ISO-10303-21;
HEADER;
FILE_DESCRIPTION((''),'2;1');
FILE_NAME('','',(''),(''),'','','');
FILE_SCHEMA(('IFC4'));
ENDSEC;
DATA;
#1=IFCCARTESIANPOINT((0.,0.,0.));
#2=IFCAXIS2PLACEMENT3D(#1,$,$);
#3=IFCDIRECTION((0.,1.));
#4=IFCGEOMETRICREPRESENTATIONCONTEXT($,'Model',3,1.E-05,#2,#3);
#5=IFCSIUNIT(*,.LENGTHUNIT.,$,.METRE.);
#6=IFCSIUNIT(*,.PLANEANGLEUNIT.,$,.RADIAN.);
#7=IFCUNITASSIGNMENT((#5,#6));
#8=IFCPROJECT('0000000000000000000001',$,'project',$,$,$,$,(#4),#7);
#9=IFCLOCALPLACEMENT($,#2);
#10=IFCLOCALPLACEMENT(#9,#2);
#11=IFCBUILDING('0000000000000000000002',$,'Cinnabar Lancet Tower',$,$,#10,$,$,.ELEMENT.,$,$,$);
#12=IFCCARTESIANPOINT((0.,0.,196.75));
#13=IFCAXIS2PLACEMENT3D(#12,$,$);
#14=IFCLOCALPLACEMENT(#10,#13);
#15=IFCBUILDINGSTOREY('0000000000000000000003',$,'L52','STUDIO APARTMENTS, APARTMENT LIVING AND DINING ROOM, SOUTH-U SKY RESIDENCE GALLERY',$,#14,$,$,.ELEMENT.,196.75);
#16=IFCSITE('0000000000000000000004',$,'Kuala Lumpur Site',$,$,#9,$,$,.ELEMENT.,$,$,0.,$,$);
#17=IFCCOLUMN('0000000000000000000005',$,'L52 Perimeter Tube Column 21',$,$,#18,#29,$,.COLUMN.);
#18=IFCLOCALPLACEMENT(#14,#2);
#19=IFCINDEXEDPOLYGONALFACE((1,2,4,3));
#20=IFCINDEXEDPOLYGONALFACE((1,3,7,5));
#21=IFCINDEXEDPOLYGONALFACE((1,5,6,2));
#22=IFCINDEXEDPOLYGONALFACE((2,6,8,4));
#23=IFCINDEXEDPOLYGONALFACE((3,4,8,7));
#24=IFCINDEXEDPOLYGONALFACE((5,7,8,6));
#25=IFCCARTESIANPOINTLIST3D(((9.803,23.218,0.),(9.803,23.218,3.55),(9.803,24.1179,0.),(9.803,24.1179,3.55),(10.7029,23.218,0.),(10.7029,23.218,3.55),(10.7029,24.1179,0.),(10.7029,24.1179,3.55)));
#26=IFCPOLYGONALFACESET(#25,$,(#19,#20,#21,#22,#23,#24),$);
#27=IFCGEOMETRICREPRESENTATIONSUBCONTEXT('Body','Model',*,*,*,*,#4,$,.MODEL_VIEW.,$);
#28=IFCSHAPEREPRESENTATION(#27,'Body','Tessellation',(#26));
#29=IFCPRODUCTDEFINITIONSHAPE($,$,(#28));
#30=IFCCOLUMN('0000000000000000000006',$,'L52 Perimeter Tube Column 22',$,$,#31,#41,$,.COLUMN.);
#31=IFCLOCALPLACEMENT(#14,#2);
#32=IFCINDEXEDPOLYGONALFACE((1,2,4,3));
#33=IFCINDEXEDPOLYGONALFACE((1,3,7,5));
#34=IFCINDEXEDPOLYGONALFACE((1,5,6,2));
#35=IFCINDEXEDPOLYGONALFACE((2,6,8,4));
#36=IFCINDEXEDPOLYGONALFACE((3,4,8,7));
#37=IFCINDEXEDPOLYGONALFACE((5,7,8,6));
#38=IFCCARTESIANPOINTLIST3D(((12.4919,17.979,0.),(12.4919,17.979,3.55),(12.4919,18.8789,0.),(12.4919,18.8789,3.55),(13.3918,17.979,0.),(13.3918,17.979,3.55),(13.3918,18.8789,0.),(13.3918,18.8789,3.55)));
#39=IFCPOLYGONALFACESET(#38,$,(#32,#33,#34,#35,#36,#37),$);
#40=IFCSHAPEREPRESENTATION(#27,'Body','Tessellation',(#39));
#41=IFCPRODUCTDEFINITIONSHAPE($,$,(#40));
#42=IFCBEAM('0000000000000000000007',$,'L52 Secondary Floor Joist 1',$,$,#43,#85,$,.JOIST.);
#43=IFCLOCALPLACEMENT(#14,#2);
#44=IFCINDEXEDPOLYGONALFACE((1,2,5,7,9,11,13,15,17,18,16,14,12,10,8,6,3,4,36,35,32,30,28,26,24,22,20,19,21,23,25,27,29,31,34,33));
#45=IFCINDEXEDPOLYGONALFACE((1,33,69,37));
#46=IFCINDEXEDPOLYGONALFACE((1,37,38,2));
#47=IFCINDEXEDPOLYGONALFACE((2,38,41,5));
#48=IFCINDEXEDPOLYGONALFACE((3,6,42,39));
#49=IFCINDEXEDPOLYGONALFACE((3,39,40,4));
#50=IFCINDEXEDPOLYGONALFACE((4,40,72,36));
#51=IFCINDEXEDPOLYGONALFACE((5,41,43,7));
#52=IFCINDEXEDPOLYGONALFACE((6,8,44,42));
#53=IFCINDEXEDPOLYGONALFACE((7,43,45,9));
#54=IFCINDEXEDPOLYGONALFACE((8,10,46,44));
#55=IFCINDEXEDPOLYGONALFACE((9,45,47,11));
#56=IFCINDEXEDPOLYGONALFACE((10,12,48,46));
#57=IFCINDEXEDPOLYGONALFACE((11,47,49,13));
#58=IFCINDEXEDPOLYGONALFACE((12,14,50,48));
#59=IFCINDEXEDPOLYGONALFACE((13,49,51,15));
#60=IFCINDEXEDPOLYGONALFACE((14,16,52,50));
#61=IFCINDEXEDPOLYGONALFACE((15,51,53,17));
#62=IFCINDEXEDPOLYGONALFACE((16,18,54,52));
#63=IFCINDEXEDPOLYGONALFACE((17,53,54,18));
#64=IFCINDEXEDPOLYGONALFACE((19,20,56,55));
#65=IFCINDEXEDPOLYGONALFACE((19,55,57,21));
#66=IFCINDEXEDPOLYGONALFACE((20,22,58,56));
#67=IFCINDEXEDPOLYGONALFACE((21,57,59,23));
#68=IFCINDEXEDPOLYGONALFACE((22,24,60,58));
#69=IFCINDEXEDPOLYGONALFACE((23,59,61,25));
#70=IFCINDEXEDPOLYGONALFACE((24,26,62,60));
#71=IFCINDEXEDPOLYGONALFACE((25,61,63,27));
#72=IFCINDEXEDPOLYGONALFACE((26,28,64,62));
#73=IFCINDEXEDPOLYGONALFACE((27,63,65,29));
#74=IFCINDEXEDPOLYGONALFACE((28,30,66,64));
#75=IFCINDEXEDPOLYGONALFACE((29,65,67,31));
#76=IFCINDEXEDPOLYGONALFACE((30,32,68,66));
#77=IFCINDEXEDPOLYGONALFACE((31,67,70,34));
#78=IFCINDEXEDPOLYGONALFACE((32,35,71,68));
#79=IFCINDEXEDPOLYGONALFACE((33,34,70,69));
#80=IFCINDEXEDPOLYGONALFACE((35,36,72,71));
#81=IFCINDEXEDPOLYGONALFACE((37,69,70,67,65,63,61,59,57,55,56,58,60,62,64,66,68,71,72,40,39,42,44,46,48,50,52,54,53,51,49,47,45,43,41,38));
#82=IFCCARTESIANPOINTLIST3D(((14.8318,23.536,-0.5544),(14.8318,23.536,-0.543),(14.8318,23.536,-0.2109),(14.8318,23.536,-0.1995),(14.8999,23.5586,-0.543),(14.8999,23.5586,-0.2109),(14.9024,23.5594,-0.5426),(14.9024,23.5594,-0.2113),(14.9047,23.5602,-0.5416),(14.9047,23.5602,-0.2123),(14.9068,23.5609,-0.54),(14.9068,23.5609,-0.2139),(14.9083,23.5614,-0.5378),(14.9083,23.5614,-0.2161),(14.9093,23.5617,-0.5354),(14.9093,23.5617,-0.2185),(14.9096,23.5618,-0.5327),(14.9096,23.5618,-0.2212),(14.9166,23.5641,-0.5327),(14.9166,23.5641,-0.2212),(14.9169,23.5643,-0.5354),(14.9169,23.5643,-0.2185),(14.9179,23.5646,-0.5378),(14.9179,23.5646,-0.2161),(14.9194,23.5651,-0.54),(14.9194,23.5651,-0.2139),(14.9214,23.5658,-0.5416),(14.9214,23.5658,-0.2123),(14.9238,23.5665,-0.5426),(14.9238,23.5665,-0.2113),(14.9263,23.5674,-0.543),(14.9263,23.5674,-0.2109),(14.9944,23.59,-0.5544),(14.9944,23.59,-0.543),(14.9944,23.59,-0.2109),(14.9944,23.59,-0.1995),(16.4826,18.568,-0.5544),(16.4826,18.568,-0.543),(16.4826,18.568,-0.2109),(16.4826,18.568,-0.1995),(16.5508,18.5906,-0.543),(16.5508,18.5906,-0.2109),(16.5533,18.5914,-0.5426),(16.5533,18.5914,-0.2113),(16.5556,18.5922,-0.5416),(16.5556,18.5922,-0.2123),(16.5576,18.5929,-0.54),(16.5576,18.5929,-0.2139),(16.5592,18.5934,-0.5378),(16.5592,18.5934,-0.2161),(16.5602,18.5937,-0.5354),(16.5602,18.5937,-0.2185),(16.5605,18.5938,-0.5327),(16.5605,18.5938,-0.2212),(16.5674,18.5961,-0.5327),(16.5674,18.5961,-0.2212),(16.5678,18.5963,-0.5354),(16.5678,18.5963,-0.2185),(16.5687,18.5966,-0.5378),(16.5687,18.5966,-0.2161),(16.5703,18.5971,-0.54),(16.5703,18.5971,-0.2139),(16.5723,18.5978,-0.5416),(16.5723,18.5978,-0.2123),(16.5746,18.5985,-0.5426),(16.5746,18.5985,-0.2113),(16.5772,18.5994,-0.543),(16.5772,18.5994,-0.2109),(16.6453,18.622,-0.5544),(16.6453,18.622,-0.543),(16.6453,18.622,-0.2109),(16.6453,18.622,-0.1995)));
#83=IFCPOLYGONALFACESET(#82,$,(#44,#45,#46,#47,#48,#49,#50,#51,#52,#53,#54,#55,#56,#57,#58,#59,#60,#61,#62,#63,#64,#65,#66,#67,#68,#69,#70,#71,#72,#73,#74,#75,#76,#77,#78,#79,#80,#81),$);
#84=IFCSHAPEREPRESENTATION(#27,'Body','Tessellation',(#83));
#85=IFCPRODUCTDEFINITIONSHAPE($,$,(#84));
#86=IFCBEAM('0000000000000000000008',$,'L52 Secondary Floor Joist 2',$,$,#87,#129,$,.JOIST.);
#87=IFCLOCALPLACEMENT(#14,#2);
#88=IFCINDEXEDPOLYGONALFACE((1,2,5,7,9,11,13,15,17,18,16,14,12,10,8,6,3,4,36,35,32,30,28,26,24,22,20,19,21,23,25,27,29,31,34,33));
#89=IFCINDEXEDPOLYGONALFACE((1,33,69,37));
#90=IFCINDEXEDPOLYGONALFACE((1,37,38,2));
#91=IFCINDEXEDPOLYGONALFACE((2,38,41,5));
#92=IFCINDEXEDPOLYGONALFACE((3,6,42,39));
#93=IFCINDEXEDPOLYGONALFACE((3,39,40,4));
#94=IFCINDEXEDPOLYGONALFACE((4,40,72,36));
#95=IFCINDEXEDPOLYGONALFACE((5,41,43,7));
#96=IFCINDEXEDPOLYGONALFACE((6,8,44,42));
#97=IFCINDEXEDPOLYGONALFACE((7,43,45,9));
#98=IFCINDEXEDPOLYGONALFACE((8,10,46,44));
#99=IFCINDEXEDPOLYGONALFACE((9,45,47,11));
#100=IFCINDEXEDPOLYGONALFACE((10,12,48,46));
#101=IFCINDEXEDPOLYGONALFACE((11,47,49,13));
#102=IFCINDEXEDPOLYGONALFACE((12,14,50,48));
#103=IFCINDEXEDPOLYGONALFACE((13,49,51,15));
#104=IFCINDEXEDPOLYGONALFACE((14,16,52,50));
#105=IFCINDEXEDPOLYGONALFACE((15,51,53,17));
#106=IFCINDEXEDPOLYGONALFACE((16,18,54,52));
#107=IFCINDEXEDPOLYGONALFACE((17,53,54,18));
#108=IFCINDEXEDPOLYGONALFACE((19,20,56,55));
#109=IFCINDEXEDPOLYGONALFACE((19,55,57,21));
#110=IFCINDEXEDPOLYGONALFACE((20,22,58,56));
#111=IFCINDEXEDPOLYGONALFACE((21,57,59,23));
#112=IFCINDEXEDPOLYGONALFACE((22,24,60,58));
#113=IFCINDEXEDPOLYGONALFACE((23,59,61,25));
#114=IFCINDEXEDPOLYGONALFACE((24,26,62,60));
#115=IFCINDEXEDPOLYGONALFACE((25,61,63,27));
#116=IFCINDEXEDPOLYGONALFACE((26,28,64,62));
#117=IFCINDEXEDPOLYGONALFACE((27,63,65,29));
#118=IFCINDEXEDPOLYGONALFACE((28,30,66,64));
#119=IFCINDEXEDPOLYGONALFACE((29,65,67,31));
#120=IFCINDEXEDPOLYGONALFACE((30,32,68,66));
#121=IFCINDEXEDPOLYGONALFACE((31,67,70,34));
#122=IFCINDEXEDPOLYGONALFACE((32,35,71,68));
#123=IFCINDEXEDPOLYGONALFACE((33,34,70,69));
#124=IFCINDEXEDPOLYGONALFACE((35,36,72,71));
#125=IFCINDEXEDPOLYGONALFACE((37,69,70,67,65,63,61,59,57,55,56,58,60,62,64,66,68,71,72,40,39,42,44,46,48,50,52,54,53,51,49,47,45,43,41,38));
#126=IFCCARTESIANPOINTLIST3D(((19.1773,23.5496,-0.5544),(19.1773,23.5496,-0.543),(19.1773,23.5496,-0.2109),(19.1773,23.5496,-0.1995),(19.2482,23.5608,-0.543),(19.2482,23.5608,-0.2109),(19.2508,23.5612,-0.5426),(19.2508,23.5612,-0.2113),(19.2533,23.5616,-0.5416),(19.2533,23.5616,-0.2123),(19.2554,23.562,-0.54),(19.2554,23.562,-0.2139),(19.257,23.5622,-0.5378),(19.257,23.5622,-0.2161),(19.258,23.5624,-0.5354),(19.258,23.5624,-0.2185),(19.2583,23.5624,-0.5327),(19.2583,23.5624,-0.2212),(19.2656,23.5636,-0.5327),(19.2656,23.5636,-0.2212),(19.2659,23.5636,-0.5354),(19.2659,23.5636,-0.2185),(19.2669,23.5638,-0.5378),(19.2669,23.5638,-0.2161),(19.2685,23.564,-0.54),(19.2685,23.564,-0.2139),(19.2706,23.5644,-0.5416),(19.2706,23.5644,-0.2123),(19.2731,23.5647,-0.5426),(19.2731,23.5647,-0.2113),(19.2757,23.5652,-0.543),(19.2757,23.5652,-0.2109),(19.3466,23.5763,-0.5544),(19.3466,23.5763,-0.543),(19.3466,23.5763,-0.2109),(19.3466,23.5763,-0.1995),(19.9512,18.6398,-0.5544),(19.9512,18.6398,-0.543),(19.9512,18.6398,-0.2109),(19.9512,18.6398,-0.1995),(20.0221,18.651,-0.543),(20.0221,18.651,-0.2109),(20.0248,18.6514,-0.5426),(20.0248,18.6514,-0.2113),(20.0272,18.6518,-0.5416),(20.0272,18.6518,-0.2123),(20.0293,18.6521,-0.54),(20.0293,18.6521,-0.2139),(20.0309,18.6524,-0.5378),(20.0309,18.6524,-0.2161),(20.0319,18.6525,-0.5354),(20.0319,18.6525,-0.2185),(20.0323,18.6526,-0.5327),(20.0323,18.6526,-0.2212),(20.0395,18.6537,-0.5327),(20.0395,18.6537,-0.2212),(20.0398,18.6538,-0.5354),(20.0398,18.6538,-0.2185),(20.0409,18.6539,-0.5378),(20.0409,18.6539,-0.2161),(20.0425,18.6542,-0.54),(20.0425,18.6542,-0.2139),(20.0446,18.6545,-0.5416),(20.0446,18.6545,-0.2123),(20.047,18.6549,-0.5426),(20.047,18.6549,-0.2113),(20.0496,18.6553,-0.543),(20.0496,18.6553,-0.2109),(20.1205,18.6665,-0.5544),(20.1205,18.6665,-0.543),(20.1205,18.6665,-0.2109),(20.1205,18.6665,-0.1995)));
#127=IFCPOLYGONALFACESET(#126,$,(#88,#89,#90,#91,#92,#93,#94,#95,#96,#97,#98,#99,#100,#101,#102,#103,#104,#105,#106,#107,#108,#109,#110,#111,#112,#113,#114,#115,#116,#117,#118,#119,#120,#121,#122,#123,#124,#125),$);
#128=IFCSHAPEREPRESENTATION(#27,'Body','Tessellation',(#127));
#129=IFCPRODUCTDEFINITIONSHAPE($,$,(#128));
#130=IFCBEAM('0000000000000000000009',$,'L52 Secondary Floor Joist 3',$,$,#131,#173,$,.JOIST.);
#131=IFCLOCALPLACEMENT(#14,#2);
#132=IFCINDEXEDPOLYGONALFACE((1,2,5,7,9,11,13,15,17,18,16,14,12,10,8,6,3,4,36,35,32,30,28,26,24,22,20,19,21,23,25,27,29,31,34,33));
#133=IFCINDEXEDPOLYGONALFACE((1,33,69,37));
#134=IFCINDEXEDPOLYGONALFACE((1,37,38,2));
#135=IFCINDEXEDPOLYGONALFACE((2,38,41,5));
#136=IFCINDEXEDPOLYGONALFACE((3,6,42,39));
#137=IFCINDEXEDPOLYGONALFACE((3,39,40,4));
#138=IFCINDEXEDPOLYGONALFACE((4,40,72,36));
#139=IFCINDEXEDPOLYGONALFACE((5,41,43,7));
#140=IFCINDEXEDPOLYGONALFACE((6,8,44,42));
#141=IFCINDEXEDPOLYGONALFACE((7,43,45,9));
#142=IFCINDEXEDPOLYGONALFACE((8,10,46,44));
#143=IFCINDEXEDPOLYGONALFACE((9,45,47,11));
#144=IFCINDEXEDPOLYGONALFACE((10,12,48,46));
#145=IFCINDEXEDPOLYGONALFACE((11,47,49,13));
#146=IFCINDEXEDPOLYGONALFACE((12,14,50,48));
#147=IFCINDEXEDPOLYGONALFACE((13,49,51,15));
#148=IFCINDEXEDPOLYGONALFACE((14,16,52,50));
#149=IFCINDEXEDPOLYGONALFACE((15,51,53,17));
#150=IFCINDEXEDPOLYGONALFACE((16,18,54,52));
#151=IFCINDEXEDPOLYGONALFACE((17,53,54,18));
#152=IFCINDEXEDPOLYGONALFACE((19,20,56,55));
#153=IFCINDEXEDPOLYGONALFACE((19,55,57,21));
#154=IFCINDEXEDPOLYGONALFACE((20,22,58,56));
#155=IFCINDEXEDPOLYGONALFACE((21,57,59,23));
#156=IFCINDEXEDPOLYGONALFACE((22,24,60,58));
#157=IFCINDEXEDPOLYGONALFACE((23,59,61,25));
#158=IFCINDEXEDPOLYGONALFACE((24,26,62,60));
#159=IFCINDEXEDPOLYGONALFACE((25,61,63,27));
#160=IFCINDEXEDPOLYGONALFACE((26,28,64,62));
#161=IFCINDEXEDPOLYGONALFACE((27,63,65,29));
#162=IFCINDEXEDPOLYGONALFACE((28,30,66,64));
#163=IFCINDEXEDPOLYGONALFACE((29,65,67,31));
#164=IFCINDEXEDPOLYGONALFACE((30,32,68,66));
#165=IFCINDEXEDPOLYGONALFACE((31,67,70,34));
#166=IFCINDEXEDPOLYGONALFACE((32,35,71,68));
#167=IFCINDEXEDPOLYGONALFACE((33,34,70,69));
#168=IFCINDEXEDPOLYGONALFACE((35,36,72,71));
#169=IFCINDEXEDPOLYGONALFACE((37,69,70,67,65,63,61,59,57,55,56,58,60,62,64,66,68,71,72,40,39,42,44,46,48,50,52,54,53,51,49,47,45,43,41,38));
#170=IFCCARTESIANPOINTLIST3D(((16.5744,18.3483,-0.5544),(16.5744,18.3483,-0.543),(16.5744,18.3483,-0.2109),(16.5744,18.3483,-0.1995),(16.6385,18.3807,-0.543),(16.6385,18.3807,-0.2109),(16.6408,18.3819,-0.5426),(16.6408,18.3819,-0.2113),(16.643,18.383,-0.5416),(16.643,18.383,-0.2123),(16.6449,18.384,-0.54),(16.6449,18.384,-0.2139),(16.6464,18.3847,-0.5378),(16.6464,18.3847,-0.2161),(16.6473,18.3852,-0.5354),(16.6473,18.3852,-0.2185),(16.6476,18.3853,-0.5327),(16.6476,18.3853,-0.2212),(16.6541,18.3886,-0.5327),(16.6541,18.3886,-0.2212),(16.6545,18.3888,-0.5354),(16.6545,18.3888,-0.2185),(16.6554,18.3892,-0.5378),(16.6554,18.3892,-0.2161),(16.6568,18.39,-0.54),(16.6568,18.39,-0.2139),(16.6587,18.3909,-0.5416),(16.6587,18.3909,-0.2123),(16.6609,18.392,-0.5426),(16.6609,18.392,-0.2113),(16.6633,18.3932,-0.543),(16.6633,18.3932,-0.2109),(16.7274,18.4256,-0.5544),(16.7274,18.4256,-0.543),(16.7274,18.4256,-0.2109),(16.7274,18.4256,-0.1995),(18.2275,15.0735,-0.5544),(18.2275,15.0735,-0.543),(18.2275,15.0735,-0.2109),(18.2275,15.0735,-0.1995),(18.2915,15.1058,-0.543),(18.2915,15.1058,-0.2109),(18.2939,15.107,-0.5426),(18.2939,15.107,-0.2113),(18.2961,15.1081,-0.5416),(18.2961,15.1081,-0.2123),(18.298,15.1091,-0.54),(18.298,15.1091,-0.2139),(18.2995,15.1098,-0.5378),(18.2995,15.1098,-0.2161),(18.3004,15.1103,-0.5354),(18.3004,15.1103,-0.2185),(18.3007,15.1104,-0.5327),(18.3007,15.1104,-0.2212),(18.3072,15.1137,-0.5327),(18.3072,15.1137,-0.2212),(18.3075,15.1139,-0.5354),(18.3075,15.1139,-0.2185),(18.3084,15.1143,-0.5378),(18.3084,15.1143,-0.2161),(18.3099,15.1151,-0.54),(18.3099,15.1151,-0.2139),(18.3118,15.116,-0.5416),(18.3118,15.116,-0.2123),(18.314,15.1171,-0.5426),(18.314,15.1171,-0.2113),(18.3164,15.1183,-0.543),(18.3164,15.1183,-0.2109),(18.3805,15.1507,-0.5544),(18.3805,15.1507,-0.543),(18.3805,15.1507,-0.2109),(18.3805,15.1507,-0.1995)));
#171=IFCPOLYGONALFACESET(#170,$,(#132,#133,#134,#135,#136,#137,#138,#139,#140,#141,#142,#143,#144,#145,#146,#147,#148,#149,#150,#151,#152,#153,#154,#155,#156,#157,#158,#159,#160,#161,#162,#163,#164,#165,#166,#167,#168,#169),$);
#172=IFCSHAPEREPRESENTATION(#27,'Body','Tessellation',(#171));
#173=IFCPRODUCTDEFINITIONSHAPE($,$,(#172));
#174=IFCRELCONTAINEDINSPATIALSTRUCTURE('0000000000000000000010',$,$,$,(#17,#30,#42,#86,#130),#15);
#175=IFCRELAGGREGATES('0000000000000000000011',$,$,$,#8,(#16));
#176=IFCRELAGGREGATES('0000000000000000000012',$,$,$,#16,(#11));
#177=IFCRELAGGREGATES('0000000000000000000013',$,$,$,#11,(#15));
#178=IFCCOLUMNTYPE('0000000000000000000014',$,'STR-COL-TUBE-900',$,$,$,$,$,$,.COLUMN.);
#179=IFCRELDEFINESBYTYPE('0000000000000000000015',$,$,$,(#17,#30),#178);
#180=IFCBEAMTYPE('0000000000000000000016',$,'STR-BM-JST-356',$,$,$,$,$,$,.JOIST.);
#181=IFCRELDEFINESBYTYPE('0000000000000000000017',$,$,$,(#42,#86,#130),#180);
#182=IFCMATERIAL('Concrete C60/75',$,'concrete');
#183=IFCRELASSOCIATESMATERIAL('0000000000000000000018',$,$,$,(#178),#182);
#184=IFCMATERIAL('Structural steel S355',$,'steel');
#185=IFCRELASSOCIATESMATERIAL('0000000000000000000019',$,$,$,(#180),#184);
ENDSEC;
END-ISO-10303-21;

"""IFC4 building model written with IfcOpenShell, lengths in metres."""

from ifc_helpers import new_model, si_unit, direction, frame, origin, origin_2d, place, context, subcontext, project, spatial, rectangle, i_section, extrude, material, material_profile, profile_set, type_object, element, save


model = new_model("IFC4")

# Units and contexts
model_context = context("Model", 3, precision=1e-05, world=origin(), true_north=direction((0.0, 1.0)))
body_context = subcontext(model_context, "Body", "Model", "MODEL_VIEW")
ifc_project = project(units=[si_unit("LENGTHUNIT", "METRE"), si_unit("PLANEANGLEUNIT", "RADIAN")], contexts=[model_context])

# Site, building, storey
site_placement = place(None, origin())
site = spatial("IfcSite", under=ifc_project, at=site_placement, Name="Kuala Lumpur Site", CompositionType="ELEMENT", RefElevation=0.0)
building_placement = place(site_placement, origin())
building = spatial("IfcBuilding", under=site, at=building_placement, Name="Cinnabar Lancet Tower", CompositionType="ELEMENT")
storey_placement = place(building_placement, frame((0.0, 0.0, 196.75)))
storey = spatial("IfcBuildingStorey", under=building, at=storey_placement, Name="L52", Description="STUDIO APARTMENTS, APARTMENT LIVING AND DINING ROOM, SOUTH-U SKY RESIDENCE GALLERY", CompositionType="ELEMENT", Elevation=196.75)

# Columns
ifc_material_1 = material(Name="Concrete C60/75", Category="concrete")
ifc_material_profile_1 = material_profile(ifc_material_1, rectangle(XDim=0.8999, YDim=0.8999, at=origin_2d()), Name="RC-COL 900x900")
ifc_profile_set_1 = profile_set([ifc_material_profile_1], Name="Concrete C60/75")
column_type = type_object("IfcColumnType", Name="STR-COL-TUBE-900", PredefinedType="COLUMN", material=ifc_profile_set_1)
for number, where, z_axis, x_axis, name in (
    (1, (10.2529, 23.668, 0.0), (0.0, 0.0, 1.0), (1.0, 0.0, 0.0), "L52 Perimeter Tube Column 21"),
    (2, (12.9419, 18.429, 0.0), (0.0, 0.0, 1.0), (1.0, 0.0, 0.0), "L52 Perimeter Tube Column 22"),
):
    element("IfcColumn", number, at=place(storey_placement, frame(where, z_axis=z_axis, x_axis=x_axis)), inside=storey, type_object=column_type, Name=name, PredefinedType="COLUMN", context=body_context, shape_type="SweptSolid", body=[
        extrude(rectangle(XDim=0.8999, YDim=0.8999, at=origin_2d()), origin(), (0.0, 0.0, 1.0), 3.55),
    ])

# Beams
ifc_material_2 = material(Name="Structural steel S355", Category="steel")
ifc_material_profile_2 = material_profile(ifc_material_2, i_section(OverallWidth=0.1714, OverallDepth=0.355, WebThickness=0.0073, FlangeThickness=0.0115, FilletRadius=0.0103, at=origin_2d()), Name="UKB 356x171x51")
ifc_profile_set_2 = profile_set([ifc_material_profile_2], Name="Structural steel S355")
beam_type_1 = type_object("IfcBeamType", Name="STR-BM-JST-356", PredefinedType="JOIST", material=ifc_profile_set_2)
beam_1_placement = place(storey_placement, frame((14.9131, 23.563, -0.377), z_axis=(0.315346, -0.948977, 0.0), x_axis=(0.948977, 0.315346, 0.0)))
element("IfcBeam", 3, at=beam_1_placement, inside=storey, type_object=beam_type_1, Name="L52 Secondary Floor Joist 1", PredefinedType="JOIST", context=body_context, shape_type="SweptSolid", body=[
    extrude(i_section(OverallWidth=0.1714, OverallDepth=0.355, WebThickness=0.0073, FlangeThickness=0.0115, FilletRadius=0.0103, at=origin_2d()), origin(), (0.0, 0.0, 1.0), 5.2351),
])
beam_2_placement = place(storey_placement, frame((19.262, 23.563, -0.377), z_axis=(0.155703, -0.987804, 0.0), x_axis=(0.987804, 0.155703, 0.0)))
element("IfcBeam", 4, at=beam_2_placement, inside=storey, type_object=beam_type_1, Name="L52 Secondary Floor Joist 2", PredefinedType="JOIST", context=body_context, shape_type="SweptSolid", body=[
    extrude(i_section(OverallWidth=0.1714, OverallDepth=0.355, WebThickness=0.0073, FlangeThickness=0.0115, FilletRadius=0.0103, at=origin_2d()), origin(), (0.0, 0.0, 1.0), 4.9705),
])
beam_3_placement = place(storey_placement, frame((16.6509, 18.387, -0.377), z_axis=(0.450618, -0.892717, 0.0), x_axis=(0.892717, 0.450618, 0.0)))
element("IfcBeam", 5, at=beam_3_placement, inside=storey, type_object=beam_type_1, Name="L52 Secondary Floor Joist 3", PredefinedType="JOIST", context=body_context, shape_type="SweptSolid", body=[
    extrude(i_section(OverallWidth=0.1714, OverallDepth=0.355, WebThickness=0.0073, FlangeThickness=0.0115, FilletRadius=0.0103, at=origin_2d()), origin(), (0.0, 0.0, 1.0), 3.6685),
])

save(model, "model.ifc")
